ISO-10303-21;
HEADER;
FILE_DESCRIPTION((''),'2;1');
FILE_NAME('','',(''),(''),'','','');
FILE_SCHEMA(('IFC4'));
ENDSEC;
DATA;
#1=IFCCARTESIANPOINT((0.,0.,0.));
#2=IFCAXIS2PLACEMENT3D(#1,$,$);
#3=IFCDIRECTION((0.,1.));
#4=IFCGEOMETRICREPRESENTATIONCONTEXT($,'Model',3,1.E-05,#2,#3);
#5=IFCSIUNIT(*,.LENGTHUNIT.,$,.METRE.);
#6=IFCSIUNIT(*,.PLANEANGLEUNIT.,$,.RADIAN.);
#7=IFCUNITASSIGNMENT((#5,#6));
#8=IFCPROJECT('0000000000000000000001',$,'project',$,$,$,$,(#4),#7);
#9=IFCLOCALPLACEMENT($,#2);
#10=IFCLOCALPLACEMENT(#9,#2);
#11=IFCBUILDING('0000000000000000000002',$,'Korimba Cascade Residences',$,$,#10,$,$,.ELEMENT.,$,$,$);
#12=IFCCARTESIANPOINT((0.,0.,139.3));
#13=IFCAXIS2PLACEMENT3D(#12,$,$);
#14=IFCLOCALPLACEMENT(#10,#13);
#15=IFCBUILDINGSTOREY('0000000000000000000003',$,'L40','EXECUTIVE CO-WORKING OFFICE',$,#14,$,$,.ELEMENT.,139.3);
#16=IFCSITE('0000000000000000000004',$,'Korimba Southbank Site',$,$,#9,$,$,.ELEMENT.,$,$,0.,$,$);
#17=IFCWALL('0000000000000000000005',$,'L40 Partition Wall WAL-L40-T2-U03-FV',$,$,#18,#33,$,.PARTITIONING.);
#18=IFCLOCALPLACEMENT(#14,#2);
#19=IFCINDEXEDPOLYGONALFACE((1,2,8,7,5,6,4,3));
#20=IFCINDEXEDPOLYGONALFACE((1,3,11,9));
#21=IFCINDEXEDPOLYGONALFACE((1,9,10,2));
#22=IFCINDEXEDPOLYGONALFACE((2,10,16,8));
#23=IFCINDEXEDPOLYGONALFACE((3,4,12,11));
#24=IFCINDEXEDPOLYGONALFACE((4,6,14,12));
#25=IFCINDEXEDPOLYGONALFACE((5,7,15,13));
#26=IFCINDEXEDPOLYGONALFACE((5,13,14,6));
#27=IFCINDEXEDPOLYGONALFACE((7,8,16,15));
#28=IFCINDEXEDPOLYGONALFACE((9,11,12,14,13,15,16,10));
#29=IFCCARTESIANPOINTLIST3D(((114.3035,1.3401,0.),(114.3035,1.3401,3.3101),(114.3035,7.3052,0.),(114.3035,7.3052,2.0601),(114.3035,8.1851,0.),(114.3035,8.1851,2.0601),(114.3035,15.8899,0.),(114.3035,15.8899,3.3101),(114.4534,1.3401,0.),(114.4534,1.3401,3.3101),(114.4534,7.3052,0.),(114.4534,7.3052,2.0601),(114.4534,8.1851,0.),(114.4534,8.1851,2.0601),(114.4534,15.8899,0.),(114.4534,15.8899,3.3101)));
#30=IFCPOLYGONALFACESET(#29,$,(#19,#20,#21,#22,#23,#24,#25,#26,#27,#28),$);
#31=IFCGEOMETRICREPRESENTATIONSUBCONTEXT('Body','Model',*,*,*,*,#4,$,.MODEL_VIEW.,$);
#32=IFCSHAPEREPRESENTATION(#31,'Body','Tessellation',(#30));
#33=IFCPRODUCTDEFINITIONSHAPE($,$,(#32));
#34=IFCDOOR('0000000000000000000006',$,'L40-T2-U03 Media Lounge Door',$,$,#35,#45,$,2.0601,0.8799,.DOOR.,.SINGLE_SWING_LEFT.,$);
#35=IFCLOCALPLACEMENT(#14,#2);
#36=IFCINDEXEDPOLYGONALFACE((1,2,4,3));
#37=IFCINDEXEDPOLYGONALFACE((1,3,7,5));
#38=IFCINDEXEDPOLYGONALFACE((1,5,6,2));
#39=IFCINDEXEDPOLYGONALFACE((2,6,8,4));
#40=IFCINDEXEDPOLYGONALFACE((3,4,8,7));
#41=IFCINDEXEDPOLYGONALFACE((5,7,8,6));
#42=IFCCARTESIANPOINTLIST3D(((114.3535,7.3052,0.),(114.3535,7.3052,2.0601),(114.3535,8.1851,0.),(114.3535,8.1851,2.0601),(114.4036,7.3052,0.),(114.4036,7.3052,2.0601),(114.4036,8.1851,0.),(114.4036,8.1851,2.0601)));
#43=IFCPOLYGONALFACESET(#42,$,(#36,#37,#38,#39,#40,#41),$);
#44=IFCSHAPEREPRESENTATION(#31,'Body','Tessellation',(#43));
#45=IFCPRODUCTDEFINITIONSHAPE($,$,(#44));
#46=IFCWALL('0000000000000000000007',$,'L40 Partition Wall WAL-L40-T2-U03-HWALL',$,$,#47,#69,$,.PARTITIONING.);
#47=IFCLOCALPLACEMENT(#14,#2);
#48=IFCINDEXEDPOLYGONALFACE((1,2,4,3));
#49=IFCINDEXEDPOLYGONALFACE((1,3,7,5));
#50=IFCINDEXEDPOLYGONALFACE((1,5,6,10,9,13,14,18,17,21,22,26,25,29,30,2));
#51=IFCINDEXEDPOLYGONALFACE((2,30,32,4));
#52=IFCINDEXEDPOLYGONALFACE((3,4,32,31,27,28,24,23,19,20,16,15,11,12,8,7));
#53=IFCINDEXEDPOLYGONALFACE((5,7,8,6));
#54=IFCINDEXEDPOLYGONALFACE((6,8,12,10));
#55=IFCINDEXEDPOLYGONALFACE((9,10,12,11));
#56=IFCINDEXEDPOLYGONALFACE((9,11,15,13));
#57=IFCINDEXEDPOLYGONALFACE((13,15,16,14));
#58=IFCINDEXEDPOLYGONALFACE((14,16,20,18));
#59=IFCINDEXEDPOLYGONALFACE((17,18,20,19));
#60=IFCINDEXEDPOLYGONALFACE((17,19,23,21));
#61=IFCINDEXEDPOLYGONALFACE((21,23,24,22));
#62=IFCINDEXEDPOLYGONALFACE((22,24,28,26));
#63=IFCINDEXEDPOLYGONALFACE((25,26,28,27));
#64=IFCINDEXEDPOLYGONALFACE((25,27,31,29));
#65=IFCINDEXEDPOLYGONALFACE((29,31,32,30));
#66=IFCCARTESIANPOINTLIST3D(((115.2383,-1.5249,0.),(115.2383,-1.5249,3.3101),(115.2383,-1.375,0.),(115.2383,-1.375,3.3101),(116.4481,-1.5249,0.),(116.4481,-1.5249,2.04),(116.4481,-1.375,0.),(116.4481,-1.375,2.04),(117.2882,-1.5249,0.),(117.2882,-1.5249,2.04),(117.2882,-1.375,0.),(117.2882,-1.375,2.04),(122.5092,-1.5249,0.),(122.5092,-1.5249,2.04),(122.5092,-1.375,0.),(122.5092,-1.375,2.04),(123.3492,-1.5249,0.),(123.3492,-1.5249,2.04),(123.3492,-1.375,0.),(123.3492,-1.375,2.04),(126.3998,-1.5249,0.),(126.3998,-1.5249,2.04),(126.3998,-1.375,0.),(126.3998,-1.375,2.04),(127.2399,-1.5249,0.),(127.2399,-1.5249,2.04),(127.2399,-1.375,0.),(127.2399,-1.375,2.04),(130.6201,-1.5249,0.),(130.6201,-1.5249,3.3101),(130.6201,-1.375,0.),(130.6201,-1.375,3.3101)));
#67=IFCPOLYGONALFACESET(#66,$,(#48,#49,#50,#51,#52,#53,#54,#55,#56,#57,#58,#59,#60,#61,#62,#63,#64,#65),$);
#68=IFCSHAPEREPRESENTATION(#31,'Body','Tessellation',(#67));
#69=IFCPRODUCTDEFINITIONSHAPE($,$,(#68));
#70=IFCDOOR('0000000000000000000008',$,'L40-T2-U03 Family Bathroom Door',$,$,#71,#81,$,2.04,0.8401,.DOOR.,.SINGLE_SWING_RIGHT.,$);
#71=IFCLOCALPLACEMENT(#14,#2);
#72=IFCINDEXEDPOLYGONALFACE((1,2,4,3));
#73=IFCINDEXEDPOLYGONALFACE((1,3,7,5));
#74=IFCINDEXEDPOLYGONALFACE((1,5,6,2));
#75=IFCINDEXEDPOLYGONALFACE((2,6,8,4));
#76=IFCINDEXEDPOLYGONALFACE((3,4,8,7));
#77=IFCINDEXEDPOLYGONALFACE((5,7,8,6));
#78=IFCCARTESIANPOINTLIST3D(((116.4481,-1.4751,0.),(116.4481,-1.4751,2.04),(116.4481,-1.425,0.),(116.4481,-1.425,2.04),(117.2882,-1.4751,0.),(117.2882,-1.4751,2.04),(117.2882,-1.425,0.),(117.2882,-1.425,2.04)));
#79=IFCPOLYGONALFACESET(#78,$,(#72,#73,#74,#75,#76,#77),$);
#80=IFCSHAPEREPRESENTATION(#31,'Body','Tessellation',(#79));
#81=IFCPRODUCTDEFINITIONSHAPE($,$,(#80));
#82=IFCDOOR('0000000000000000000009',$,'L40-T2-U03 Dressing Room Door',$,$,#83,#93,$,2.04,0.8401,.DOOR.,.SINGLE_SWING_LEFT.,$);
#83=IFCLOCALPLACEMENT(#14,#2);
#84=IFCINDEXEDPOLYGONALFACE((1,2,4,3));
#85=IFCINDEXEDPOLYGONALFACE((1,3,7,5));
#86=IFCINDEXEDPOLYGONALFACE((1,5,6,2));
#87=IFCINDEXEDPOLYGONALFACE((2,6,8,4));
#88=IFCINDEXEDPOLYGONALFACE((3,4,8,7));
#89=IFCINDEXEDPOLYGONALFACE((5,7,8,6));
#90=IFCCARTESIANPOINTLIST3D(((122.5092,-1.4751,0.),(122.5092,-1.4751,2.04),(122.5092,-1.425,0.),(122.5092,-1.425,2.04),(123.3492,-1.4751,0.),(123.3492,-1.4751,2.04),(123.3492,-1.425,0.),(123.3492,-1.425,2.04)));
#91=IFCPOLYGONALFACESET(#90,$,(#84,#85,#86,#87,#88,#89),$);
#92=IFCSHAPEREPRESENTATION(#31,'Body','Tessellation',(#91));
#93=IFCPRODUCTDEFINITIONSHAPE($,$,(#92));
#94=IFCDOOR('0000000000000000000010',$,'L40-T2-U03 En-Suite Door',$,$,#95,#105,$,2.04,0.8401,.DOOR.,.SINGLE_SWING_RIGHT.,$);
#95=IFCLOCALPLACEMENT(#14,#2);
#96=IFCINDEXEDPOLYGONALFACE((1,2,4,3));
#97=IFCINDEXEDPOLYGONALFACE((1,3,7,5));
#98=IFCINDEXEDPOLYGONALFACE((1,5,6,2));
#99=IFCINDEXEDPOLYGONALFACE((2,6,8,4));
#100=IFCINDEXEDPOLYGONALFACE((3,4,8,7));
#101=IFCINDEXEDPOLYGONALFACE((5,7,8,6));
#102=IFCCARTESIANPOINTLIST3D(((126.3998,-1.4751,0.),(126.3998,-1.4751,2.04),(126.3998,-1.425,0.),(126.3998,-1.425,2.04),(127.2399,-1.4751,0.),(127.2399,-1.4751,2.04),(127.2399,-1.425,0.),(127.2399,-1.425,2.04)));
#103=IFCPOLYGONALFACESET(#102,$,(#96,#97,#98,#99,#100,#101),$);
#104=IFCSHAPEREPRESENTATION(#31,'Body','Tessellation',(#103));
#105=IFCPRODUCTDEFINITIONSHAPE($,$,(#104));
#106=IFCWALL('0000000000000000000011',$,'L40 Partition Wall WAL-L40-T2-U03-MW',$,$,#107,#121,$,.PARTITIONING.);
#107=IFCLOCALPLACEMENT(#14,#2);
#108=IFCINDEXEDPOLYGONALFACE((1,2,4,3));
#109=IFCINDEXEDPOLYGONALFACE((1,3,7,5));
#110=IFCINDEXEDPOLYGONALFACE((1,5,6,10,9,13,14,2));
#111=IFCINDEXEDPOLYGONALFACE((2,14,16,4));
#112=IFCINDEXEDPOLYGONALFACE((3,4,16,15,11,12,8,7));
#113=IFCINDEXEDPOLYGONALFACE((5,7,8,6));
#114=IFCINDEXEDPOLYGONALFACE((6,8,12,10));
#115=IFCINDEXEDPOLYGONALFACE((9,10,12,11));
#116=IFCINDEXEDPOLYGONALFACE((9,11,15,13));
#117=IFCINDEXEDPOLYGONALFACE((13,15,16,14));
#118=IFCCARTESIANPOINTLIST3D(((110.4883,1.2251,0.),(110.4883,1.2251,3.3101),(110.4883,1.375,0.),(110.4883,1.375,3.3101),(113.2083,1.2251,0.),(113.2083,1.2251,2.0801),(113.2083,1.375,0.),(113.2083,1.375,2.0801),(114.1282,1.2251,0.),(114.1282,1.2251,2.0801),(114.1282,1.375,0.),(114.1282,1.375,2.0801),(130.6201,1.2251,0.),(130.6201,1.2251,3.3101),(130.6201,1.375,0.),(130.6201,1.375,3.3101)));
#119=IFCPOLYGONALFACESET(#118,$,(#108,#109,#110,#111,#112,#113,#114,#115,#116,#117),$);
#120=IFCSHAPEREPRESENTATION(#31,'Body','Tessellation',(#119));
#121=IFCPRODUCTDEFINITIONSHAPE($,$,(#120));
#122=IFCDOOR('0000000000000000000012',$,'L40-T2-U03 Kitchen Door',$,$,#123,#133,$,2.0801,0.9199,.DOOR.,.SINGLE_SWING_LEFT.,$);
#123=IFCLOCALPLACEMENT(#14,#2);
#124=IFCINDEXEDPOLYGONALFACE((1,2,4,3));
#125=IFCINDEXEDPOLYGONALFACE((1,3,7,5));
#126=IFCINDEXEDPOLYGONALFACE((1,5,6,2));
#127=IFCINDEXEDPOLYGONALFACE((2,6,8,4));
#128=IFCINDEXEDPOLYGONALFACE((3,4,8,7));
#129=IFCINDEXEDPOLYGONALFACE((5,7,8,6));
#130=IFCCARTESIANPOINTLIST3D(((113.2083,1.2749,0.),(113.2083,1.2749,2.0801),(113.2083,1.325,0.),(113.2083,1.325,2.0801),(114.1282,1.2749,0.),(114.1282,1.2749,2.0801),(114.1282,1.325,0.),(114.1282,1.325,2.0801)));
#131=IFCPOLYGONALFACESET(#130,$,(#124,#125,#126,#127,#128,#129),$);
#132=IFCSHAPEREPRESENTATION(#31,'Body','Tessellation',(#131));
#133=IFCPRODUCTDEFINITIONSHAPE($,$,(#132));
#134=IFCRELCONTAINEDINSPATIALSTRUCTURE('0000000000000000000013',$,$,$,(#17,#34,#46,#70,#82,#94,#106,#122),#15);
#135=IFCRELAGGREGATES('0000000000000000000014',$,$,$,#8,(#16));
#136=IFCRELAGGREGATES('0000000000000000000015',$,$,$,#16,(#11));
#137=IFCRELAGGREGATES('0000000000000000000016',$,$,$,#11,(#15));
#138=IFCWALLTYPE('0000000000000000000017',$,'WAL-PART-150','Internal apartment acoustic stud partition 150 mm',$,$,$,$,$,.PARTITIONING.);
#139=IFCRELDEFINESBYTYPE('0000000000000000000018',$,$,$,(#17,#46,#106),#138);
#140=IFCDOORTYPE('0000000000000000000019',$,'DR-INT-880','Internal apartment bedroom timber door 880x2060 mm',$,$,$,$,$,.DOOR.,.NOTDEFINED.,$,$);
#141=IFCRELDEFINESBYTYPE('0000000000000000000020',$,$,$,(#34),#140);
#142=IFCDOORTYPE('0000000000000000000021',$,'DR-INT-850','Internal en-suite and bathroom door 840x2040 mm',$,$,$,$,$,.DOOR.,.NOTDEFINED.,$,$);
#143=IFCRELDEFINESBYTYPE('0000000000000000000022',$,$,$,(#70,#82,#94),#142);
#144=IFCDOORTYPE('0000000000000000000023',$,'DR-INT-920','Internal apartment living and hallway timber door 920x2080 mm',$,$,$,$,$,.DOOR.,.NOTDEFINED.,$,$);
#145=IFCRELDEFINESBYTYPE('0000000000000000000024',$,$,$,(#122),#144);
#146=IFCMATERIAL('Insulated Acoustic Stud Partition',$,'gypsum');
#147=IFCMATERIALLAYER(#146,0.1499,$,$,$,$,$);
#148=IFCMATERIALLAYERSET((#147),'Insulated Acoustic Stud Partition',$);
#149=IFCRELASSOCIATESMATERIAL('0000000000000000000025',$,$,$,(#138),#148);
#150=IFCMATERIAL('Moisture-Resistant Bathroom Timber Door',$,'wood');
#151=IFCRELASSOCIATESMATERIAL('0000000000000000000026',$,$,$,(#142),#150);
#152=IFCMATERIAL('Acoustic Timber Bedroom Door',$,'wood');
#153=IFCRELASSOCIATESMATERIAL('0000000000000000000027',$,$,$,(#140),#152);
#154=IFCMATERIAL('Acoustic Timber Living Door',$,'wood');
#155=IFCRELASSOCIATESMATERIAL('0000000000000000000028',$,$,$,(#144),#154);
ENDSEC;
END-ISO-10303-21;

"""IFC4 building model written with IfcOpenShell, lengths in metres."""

from ifc_helpers import new_model, si_unit, direction, frame, frame_2d, origin, place, context, subcontext, project, spatial, rectangle, extrude, material, layer, layer_set, type_object, element, fill, save


model = new_model("IFC4")

# Units and contexts
model_context = context("Model", 3, precision=1e-05, world=origin(), true_north=direction((0.0, 1.0)))
body_context = subcontext(model_context, "Body", "Model", "MODEL_VIEW")
ifc_project = project(units=[si_unit("LENGTHUNIT", "METRE"), si_unit("PLANEANGLEUNIT", "RADIAN")], contexts=[model_context])

# Site, building, storey
site_placement = place(None, origin())
site = spatial("IfcSite", under=ifc_project, at=site_placement, Name="Korimba Southbank Site", CompositionType="ELEMENT", RefElevation=0.0)
building_placement = place(site_placement, origin())
building = spatial("IfcBuilding", under=site, at=building_placement, Name="Korimba Cascade Residences", CompositionType="ELEMENT")
storey_placement = place(building_placement, frame((0.0, 0.0, 139.3)))
storey = spatial("IfcBuildingStorey", under=building, at=storey_placement, Name="L40", Description="EXECUTIVE CO-WORKING OFFICE", CompositionType="ELEMENT", Elevation=139.3)

# Shared definitions
ifc_material_1 = material(Name="Insulated Acoustic Stud Partition", Category="gypsum")
ifc_layer = layer(ifc_material_1, 0.1499)
ifc_layer_set = layer_set([ifc_layer], Name="Insulated Acoustic Stud Partition")
wall_type = type_object("IfcWallType", Name="WAL-PART-150", Description="Internal apartment acoustic stud partition 150 mm", PredefinedType="PARTITIONING", material=ifc_layer_set)
ifc_material_2 = material(Name="Moisture-Resistant Bathroom Timber Door", Category="wood")
door_type_1 = type_object("IfcDoorType", Name="DR-INT-850", Description="Internal en-suite and bathroom door 840x2040 mm", OperationType="NOTDEFINED", PredefinedType="DOOR", material=ifc_material_2)
ifc_material_3 = material(Name="Acoustic Timber Bedroom Door", Category="wood")
door_type_2 = type_object("IfcDoorType", Name="DR-INT-880", Description="Internal apartment bedroom timber door 880x2060 mm", OperationType="NOTDEFINED", PredefinedType="DOOR", material=ifc_material_3)

# Wall, opening, door
wall_1_placement = place(storey_placement, frame((114.3784, 1.3401, 0.0), z_axis=(0.0, 0.0, 1.0), x_axis=(0.0, 1.0, 0.0)))
wall_1 = element("IfcWall", 1, at=wall_1_placement, inside=storey, type_object=wall_type, Name="L40 Partition Wall WAL-L40-T2-U03-FV", PredefinedType="PARTITIONING", context=body_context, shape_type="SweptSolid", body=[
    extrude(rectangle(XDim=14.5498, YDim=0.1499, at=frame_2d((7.2749, 0.0))), origin(), (0.0, 0.0, 1.0), 3.3101),
])
opening_1_placement = place(wall_1_placement, frame((5.9651, 0.0, 0.0)))
opening_1 = element("IfcOpeningElement", 2, at=opening_1_placement, cuts=wall_1, PredefinedType="OPENING", context=body_context, shape_type="SweptSolid", body=[
    extrude(rectangle(XDim=0.8799, YDim=2.0601, at=frame_2d((0.4399, 1.03))), frame((0.0, 0.085, 0.0), z_axis=(0.0, -1.0, 0.0), x_axis=(1.0, 0.0, 0.0)), (0.0, 0.0, 1.0), 0.1699),
])
door_1_placement = place(opening_1_placement, origin())
door_1 = element("IfcDoor", 3, at=door_1_placement, inside=storey, type_object=door_type_2, Name="L40-T2-U03 Media Lounge Door", OperationType="SINGLE_SWING_LEFT", OverallHeight=2.0601, OverallWidth=0.8799, PredefinedType="DOOR", context=body_context, shape_type="SweptSolid", body=[
    extrude(rectangle(XDim=0.8799, YDim=2.0601, at=frame_2d((0.4399, 1.03))), frame((0.0, 0.0249, 0.0), z_axis=(0.0, -1.0, 0.0), x_axis=(1.0, 0.0, 0.0)), (0.0, 0.0, 1.0), 0.05),
])
fill(opening_1, door_1)

# Wall, openings, doors
wall_2_placement = place(storey_placement, frame((115.2383, -1.45, 0.0), z_axis=(0.0, 0.0, 1.0), x_axis=(1.0, 0.0, 0.0)))
wall_2 = element("IfcWall", 4, at=wall_2_placement, inside=storey, type_object=wall_type, Name="L40 Partition Wall WAL-L40-T2-U03-HWALL", PredefinedType="PARTITIONING", context=body_context, shape_type="SweptSolid", body=[
    extrude(rectangle(XDim=15.3818, YDim=0.1499, at=frame_2d((7.6909, 0.0))), origin(), (0.0, 0.0, 1.0), 3.3101),
])
opening_2_placement = place(wall_2_placement, frame((1.21, 0.0, 0.0)))
opening_2 = element("IfcOpeningElement", 5, at=opening_2_placement, cuts=wall_2, PredefinedType="OPENING", context=body_context, shape_type="SweptSolid", body=[
    extrude(rectangle(XDim=0.8401, YDim=2.04, at=frame_2d((0.4199, 1.02))), frame((0.0, 0.085, 0.0), z_axis=(0.0, -1.0, 0.0), x_axis=(1.0, 0.0, 0.0)), (0.0, 0.0, 1.0), 0.1699),
])
opening_3_placement = place(wall_2_placement, frame((7.271, 0.0, 0.0)))
opening_3 = element("IfcOpeningElement", 6, at=opening_3_placement, cuts=wall_2, PredefinedType="OPENING", context=body_context, shape_type="SweptSolid", body=[
    extrude(rectangle(XDim=0.8401, YDim=2.04, at=frame_2d((0.4199, 1.02))), frame((0.0, 0.085, 0.0), z_axis=(0.0, -1.0, 0.0), x_axis=(1.0, 0.0, 0.0)), (0.0, 0.0, 1.0), 0.1699),
])
opening_4_placement = place(wall_2_placement, frame((11.1616, 0.0, 0.0)))
opening_4 = element("IfcOpeningElement", 7, at=opening_4_placement, cuts=wall_2, PredefinedType="OPENING", context=body_context, shape_type="SweptSolid", body=[
    extrude(rectangle(XDim=0.8401, YDim=2.04, at=frame_2d((0.4199, 1.02))), frame((0.0, 0.085, 0.0), z_axis=(0.0, -1.0, 0.0), x_axis=(1.0, 0.0, 0.0)), (0.0, 0.0, 1.0), 0.1699),
])
door_2_placement = place(opening_2_placement, origin())
door_2 = element("IfcDoor", 8, at=door_2_placement, inside=storey, type_object=door_type_1, Name="L40-T2-U03 Family Bathroom Door", OperationType="SINGLE_SWING_RIGHT", OverallHeight=2.04, OverallWidth=0.8401, PredefinedType="DOOR", context=body_context, shape_type="SweptSolid", body=[
    extrude(rectangle(XDim=0.8401, YDim=2.04, at=frame_2d((0.4199, 1.02))), frame((0.0, 0.0249, 0.0), z_axis=(0.0, -1.0, 0.0), x_axis=(1.0, 0.0, 0.0)), (0.0, 0.0, 1.0), 0.05),
])
fill(opening_2, door_2)
door_3_placement = place(opening_3_placement, origin())
door_3 = element("IfcDoor", 9, at=door_3_placement, inside=storey, type_object=door_type_1, Name="L40-T2-U03 Dressing Room Door", OperationType="SINGLE_SWING_LEFT", OverallHeight=2.04, OverallWidth=0.8401, PredefinedType="DOOR", context=body_context, shape_type="SweptSolid", body=[
    extrude(rectangle(XDim=0.8401, YDim=2.04, at=frame_2d((0.4199, 1.02))), frame((0.0, 0.0249, 0.0), z_axis=(0.0, -1.0, 0.0), x_axis=(1.0, 0.0, 0.0)), (0.0, 0.0, 1.0), 0.05),
])
fill(opening_3, door_3)
door_4_placement = place(opening_4_placement, origin())
door_4 = element("IfcDoor", 10, at=door_4_placement, inside=storey, type_object=door_type_1, Name="L40-T2-U03 En-Suite Door", OperationType="SINGLE_SWING_RIGHT", OverallHeight=2.04, OverallWidth=0.8401, PredefinedType="DOOR", context=body_context, shape_type="SweptSolid", body=[
    extrude(rectangle(XDim=0.8401, YDim=2.04, at=frame_2d((0.4199, 1.02))), frame((0.0, 0.0249, 0.0), z_axis=(0.0, -1.0, 0.0), x_axis=(1.0, 0.0, 0.0)), (0.0, 0.0, 1.0), 0.05),
])
fill(opening_4, door_4)

# Wall, opening, door
wall_3_placement = place(storey_placement, frame((110.4883, 1.3, 0.0), z_axis=(0.0, 0.0, 1.0), x_axis=(1.0, 0.0, 0.0)))
wall_3 = element("IfcWall", 11, at=wall_3_placement, inside=storey, type_object=wall_type, Name="L40 Partition Wall WAL-L40-T2-U03-MW", PredefinedType="PARTITIONING", context=body_context, shape_type="SweptSolid", body=[
    extrude(rectangle(XDim=20.1318, YDim=0.1499, at=frame_2d((10.0659, 0.0))), origin(), (0.0, 0.0, 1.0), 3.3101),
])
opening_5_placement = place(wall_3_placement, frame((2.72, 0.0, 0.0)))
opening_5 = element("IfcOpeningElement", 12, at=opening_5_placement, cuts=wall_3, PredefinedType="OPENING", context=body_context, shape_type="SweptSolid", body=[
    extrude(rectangle(XDim=0.9199, YDim=2.0801, at=frame_2d((0.46, 1.04))), frame((0.0, 0.085, 0.0), z_axis=(0.0, -1.0, 0.0), x_axis=(1.0, 0.0, 0.0)), (0.0, 0.0, 1.0), 0.1699),
])
ifc_material_4 = material(Name="Acoustic Timber Living Door", Category="wood")
door_type_3 = type_object("IfcDoorType", Name="DR-INT-920", Description="Internal apartment living and hallway timber door 920x2080 mm", OperationType="NOTDEFINED", PredefinedType="DOOR", material=ifc_material_4)
door_5_placement = place(opening_5_placement, origin())
door_5 = element("IfcDoor", 13, at=door_5_placement, inside=storey, type_object=door_type_3, Name="L40-T2-U03 Kitchen Door", OperationType="SINGLE_SWING_LEFT", OverallHeight=2.0801, OverallWidth=0.9199, PredefinedType="DOOR", context=body_context, shape_type="SweptSolid", body=[
    extrude(rectangle(XDim=0.9199, YDim=2.0801, at=frame_2d((0.46, 1.04))), frame((0.0, 0.0249, 0.0), z_axis=(0.0, -1.0, 0.0), x_axis=(1.0, 0.0, 0.0)), (0.0, 0.0, 1.0), 0.05),
])
fill(opening_5, door_5)

save(model, "model.ifc")
